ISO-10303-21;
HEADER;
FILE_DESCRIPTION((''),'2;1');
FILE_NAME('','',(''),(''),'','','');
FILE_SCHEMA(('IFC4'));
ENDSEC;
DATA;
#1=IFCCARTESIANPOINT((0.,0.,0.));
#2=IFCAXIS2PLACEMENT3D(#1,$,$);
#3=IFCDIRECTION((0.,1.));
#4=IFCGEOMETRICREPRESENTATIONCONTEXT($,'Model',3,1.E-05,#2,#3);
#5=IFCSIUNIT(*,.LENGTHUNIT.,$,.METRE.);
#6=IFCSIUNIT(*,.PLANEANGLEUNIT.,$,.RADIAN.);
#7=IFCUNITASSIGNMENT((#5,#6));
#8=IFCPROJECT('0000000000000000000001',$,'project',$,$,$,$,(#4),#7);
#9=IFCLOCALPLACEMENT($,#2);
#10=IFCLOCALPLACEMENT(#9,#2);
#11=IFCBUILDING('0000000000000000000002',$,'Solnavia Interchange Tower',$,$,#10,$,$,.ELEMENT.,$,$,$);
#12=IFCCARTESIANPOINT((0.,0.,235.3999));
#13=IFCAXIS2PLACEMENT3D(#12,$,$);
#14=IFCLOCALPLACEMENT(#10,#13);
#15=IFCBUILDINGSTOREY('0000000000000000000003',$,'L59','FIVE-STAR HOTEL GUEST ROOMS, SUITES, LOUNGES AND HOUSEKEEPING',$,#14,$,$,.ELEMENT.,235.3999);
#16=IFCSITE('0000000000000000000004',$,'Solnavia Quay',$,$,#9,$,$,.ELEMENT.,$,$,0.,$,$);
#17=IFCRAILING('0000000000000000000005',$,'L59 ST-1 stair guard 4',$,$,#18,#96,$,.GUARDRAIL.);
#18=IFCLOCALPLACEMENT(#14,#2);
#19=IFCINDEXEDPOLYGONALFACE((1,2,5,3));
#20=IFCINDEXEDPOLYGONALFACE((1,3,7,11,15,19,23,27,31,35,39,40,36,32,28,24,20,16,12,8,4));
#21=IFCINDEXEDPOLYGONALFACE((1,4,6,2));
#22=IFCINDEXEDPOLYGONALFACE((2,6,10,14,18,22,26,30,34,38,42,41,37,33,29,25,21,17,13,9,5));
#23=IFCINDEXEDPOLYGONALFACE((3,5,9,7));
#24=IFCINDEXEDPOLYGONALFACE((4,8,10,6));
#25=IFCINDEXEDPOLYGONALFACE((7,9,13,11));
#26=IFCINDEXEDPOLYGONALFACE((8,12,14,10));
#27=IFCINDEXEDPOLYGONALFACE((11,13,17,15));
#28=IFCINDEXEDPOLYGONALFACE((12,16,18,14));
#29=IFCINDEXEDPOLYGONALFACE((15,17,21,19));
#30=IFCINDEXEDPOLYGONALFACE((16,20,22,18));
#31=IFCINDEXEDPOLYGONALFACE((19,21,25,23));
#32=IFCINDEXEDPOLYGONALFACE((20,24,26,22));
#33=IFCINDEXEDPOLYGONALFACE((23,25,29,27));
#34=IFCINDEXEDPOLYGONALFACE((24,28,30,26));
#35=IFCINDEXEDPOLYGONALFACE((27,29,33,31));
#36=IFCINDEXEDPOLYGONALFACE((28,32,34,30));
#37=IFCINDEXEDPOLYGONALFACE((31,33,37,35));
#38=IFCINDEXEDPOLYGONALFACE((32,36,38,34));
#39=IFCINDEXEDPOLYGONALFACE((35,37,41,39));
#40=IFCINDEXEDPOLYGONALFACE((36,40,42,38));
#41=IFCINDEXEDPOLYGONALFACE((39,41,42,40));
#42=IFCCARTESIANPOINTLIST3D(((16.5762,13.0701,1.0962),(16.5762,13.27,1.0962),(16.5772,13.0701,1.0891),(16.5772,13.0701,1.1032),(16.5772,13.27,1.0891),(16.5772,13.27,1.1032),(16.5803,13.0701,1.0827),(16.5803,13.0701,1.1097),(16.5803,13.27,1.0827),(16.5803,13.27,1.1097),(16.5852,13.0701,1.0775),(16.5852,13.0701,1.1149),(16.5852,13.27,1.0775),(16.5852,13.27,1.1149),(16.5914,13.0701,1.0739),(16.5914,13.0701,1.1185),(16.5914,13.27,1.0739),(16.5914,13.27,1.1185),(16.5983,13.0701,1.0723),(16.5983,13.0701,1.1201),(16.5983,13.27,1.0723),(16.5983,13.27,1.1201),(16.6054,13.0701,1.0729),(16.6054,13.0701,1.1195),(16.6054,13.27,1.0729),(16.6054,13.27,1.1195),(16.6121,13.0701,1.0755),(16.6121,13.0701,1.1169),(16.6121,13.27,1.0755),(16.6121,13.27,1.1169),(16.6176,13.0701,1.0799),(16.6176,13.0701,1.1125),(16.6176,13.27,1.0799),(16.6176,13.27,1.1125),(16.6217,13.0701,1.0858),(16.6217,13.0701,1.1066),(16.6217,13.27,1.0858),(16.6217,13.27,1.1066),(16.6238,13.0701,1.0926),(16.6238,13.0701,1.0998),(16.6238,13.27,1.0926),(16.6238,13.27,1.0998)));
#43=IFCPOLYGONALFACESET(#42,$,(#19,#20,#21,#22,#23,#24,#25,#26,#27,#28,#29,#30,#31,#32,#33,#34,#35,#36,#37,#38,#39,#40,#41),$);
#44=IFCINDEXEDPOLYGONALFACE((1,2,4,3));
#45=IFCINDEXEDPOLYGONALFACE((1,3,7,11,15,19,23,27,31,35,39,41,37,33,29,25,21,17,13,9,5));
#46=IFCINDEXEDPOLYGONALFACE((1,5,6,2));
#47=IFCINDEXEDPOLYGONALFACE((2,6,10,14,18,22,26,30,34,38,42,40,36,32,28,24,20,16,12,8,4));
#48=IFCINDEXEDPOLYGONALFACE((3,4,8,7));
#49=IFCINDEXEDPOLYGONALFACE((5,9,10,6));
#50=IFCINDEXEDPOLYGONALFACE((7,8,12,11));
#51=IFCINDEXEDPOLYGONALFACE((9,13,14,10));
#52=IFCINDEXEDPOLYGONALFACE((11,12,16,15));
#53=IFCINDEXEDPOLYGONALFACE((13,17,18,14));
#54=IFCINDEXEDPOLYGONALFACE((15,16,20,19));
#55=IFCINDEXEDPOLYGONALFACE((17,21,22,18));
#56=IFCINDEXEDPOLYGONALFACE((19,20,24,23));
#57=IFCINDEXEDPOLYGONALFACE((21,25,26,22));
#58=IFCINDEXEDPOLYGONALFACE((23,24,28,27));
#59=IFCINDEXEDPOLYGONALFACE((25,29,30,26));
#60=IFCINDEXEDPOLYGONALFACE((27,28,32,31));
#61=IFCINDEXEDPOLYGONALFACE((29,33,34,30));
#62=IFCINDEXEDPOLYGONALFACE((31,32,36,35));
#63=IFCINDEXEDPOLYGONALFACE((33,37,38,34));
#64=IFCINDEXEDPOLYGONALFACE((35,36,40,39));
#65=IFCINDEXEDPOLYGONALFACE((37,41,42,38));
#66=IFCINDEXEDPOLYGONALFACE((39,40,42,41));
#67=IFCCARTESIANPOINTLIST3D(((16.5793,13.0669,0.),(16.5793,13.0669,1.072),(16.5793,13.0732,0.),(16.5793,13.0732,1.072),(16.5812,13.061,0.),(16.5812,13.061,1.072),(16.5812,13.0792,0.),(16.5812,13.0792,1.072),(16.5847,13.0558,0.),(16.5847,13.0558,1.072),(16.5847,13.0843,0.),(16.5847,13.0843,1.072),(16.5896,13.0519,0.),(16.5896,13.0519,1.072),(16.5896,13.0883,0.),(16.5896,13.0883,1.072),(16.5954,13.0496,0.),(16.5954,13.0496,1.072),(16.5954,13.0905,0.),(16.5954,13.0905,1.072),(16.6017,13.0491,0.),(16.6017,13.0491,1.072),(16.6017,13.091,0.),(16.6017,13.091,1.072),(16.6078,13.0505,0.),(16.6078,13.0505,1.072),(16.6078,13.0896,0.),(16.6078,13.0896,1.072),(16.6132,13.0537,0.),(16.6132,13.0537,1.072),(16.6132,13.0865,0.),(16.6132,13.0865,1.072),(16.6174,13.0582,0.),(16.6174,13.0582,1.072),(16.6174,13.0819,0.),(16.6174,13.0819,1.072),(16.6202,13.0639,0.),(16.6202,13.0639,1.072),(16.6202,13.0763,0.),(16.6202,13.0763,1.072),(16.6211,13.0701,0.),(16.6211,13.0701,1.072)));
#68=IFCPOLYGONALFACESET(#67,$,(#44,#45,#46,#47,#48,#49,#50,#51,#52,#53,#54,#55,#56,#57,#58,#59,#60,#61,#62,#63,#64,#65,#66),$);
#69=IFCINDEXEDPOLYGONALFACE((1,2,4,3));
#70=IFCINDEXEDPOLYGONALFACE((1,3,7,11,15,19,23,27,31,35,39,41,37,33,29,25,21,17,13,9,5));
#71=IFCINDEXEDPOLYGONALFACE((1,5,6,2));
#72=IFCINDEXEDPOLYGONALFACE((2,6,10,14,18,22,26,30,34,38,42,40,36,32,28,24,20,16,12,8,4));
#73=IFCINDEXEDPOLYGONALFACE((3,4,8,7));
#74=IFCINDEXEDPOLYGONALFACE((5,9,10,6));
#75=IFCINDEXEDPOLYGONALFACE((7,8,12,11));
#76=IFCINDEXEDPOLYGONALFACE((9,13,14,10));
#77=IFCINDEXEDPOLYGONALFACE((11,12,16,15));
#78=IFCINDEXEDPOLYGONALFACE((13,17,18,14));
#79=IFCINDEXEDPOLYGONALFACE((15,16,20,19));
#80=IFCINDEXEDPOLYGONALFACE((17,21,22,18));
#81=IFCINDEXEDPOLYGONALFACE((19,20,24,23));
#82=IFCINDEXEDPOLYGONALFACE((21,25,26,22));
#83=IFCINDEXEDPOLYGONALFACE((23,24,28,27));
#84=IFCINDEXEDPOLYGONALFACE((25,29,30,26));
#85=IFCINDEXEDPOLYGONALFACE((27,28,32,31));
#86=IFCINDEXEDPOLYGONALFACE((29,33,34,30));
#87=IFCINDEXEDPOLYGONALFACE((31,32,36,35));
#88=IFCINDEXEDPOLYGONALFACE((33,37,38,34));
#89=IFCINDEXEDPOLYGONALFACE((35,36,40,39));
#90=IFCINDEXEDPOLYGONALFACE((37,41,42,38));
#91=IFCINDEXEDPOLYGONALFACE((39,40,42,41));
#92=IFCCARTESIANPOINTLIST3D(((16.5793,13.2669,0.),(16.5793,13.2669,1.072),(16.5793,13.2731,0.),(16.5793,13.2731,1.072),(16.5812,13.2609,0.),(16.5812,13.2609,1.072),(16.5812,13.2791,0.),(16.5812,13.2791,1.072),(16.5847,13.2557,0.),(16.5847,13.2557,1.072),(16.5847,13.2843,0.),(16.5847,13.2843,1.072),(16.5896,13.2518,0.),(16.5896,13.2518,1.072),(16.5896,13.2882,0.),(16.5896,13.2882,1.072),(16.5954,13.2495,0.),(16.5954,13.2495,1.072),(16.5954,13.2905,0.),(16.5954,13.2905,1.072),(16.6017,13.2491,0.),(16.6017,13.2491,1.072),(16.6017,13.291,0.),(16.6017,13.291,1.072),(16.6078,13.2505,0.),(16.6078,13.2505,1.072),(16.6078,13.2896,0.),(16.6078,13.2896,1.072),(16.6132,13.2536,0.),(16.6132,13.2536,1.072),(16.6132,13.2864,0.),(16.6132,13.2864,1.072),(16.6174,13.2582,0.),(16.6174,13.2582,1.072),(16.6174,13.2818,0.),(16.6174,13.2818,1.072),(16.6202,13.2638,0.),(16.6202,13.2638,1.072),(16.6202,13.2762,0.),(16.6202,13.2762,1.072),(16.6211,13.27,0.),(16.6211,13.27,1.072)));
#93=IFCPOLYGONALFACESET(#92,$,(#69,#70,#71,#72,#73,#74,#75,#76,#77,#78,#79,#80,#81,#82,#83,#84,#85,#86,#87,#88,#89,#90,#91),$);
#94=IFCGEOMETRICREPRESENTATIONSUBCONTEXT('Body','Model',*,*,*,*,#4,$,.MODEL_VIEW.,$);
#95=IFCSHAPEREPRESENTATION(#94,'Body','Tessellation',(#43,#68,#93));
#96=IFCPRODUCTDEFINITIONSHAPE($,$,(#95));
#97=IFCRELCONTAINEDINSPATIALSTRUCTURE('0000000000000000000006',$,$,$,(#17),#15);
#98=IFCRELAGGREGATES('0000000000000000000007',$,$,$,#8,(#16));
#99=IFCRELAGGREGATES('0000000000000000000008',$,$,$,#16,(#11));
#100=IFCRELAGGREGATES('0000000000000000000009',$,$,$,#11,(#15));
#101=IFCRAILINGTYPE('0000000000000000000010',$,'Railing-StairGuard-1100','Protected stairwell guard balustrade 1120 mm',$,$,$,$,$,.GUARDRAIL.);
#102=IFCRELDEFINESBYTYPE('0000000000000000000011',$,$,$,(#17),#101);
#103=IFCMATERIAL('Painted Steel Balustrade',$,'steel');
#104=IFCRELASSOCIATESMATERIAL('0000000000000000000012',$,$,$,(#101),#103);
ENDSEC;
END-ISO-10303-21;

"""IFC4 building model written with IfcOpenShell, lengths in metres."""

from ifc_helpers import new_model, si_unit, direction, frame, origin, origin_2d, place, context, subcontext, project, spatial, circle, extrude, material, type_object, element, save


model = new_model("IFC4")

# Units and contexts
model_context = context("Model", 3, precision=1e-05, world=origin(), true_north=direction((0.0, 1.0)))
body_context = subcontext(model_context, "Body", "Model", "MODEL_VIEW")
ifc_project = project(units=[si_unit("LENGTHUNIT", "METRE"), si_unit("PLANEANGLEUNIT", "RADIAN")], contexts=[model_context])

# Site, building, storey
site_placement = place(None, origin())
site = spatial("IfcSite", under=ifc_project, at=site_placement, Name="Solnavia Quay", CompositionType="ELEMENT", RefElevation=0.0)
building_placement = place(site_placement, origin())
building = spatial("IfcBuilding", under=site, at=building_placement, Name="Solnavia Interchange Tower", CompositionType="ELEMENT")
storey_placement = place(building_placement, frame((0.0, 0.0, 235.3999)))
storey = spatial("IfcBuildingStorey", under=building, at=storey_placement, Name="L59", Description="FIVE-STAR HOTEL GUEST ROOMS, SUITES, LOUNGES AND HOUSEKEEPING", CompositionType="ELEMENT", Elevation=235.3999)

# Railing
ifc_material_1 = material(Name="Painted Steel Balustrade", Category="steel")
railing_type_1 = type_object("IfcRailingType", Name="Railing-StairGuard-1100", Description="Protected stairwell guard balustrade 1120 mm", PredefinedType="GUARDRAIL", material=ifc_material_1)
railing_1_placement = place(storey_placement, frame((16.6001, 13.0701, 0.0)))
element("IfcRailing", 1, at=railing_1_placement, inside=storey, type_object=railing_type_1, Name="L59 ST-1 stair guard 4", PredefinedType="GUARDRAIL", context=body_context, shape_type="SweptSolid", body=[
    extrude(circle(Radius=0.0239, at=origin_2d()), frame((0.0, 0.0, 1.0962), z_axis=(0.0, 1.0, 0.0), x_axis=(-1.0, 0.0, 0.0)), (0.0, 0.0, 1.0), 0.2),
    extrude(circle(Radius=0.021, at=origin_2d()), origin(), (0.0, 0.0, 1.0), 1.072),
    extrude(circle(Radius=0.021, at=origin_2d()), frame((0.0, 0.2, 0.0)), (0.0, 0.0, 1.0), 1.072),
])

save(model, "model.ifc")
